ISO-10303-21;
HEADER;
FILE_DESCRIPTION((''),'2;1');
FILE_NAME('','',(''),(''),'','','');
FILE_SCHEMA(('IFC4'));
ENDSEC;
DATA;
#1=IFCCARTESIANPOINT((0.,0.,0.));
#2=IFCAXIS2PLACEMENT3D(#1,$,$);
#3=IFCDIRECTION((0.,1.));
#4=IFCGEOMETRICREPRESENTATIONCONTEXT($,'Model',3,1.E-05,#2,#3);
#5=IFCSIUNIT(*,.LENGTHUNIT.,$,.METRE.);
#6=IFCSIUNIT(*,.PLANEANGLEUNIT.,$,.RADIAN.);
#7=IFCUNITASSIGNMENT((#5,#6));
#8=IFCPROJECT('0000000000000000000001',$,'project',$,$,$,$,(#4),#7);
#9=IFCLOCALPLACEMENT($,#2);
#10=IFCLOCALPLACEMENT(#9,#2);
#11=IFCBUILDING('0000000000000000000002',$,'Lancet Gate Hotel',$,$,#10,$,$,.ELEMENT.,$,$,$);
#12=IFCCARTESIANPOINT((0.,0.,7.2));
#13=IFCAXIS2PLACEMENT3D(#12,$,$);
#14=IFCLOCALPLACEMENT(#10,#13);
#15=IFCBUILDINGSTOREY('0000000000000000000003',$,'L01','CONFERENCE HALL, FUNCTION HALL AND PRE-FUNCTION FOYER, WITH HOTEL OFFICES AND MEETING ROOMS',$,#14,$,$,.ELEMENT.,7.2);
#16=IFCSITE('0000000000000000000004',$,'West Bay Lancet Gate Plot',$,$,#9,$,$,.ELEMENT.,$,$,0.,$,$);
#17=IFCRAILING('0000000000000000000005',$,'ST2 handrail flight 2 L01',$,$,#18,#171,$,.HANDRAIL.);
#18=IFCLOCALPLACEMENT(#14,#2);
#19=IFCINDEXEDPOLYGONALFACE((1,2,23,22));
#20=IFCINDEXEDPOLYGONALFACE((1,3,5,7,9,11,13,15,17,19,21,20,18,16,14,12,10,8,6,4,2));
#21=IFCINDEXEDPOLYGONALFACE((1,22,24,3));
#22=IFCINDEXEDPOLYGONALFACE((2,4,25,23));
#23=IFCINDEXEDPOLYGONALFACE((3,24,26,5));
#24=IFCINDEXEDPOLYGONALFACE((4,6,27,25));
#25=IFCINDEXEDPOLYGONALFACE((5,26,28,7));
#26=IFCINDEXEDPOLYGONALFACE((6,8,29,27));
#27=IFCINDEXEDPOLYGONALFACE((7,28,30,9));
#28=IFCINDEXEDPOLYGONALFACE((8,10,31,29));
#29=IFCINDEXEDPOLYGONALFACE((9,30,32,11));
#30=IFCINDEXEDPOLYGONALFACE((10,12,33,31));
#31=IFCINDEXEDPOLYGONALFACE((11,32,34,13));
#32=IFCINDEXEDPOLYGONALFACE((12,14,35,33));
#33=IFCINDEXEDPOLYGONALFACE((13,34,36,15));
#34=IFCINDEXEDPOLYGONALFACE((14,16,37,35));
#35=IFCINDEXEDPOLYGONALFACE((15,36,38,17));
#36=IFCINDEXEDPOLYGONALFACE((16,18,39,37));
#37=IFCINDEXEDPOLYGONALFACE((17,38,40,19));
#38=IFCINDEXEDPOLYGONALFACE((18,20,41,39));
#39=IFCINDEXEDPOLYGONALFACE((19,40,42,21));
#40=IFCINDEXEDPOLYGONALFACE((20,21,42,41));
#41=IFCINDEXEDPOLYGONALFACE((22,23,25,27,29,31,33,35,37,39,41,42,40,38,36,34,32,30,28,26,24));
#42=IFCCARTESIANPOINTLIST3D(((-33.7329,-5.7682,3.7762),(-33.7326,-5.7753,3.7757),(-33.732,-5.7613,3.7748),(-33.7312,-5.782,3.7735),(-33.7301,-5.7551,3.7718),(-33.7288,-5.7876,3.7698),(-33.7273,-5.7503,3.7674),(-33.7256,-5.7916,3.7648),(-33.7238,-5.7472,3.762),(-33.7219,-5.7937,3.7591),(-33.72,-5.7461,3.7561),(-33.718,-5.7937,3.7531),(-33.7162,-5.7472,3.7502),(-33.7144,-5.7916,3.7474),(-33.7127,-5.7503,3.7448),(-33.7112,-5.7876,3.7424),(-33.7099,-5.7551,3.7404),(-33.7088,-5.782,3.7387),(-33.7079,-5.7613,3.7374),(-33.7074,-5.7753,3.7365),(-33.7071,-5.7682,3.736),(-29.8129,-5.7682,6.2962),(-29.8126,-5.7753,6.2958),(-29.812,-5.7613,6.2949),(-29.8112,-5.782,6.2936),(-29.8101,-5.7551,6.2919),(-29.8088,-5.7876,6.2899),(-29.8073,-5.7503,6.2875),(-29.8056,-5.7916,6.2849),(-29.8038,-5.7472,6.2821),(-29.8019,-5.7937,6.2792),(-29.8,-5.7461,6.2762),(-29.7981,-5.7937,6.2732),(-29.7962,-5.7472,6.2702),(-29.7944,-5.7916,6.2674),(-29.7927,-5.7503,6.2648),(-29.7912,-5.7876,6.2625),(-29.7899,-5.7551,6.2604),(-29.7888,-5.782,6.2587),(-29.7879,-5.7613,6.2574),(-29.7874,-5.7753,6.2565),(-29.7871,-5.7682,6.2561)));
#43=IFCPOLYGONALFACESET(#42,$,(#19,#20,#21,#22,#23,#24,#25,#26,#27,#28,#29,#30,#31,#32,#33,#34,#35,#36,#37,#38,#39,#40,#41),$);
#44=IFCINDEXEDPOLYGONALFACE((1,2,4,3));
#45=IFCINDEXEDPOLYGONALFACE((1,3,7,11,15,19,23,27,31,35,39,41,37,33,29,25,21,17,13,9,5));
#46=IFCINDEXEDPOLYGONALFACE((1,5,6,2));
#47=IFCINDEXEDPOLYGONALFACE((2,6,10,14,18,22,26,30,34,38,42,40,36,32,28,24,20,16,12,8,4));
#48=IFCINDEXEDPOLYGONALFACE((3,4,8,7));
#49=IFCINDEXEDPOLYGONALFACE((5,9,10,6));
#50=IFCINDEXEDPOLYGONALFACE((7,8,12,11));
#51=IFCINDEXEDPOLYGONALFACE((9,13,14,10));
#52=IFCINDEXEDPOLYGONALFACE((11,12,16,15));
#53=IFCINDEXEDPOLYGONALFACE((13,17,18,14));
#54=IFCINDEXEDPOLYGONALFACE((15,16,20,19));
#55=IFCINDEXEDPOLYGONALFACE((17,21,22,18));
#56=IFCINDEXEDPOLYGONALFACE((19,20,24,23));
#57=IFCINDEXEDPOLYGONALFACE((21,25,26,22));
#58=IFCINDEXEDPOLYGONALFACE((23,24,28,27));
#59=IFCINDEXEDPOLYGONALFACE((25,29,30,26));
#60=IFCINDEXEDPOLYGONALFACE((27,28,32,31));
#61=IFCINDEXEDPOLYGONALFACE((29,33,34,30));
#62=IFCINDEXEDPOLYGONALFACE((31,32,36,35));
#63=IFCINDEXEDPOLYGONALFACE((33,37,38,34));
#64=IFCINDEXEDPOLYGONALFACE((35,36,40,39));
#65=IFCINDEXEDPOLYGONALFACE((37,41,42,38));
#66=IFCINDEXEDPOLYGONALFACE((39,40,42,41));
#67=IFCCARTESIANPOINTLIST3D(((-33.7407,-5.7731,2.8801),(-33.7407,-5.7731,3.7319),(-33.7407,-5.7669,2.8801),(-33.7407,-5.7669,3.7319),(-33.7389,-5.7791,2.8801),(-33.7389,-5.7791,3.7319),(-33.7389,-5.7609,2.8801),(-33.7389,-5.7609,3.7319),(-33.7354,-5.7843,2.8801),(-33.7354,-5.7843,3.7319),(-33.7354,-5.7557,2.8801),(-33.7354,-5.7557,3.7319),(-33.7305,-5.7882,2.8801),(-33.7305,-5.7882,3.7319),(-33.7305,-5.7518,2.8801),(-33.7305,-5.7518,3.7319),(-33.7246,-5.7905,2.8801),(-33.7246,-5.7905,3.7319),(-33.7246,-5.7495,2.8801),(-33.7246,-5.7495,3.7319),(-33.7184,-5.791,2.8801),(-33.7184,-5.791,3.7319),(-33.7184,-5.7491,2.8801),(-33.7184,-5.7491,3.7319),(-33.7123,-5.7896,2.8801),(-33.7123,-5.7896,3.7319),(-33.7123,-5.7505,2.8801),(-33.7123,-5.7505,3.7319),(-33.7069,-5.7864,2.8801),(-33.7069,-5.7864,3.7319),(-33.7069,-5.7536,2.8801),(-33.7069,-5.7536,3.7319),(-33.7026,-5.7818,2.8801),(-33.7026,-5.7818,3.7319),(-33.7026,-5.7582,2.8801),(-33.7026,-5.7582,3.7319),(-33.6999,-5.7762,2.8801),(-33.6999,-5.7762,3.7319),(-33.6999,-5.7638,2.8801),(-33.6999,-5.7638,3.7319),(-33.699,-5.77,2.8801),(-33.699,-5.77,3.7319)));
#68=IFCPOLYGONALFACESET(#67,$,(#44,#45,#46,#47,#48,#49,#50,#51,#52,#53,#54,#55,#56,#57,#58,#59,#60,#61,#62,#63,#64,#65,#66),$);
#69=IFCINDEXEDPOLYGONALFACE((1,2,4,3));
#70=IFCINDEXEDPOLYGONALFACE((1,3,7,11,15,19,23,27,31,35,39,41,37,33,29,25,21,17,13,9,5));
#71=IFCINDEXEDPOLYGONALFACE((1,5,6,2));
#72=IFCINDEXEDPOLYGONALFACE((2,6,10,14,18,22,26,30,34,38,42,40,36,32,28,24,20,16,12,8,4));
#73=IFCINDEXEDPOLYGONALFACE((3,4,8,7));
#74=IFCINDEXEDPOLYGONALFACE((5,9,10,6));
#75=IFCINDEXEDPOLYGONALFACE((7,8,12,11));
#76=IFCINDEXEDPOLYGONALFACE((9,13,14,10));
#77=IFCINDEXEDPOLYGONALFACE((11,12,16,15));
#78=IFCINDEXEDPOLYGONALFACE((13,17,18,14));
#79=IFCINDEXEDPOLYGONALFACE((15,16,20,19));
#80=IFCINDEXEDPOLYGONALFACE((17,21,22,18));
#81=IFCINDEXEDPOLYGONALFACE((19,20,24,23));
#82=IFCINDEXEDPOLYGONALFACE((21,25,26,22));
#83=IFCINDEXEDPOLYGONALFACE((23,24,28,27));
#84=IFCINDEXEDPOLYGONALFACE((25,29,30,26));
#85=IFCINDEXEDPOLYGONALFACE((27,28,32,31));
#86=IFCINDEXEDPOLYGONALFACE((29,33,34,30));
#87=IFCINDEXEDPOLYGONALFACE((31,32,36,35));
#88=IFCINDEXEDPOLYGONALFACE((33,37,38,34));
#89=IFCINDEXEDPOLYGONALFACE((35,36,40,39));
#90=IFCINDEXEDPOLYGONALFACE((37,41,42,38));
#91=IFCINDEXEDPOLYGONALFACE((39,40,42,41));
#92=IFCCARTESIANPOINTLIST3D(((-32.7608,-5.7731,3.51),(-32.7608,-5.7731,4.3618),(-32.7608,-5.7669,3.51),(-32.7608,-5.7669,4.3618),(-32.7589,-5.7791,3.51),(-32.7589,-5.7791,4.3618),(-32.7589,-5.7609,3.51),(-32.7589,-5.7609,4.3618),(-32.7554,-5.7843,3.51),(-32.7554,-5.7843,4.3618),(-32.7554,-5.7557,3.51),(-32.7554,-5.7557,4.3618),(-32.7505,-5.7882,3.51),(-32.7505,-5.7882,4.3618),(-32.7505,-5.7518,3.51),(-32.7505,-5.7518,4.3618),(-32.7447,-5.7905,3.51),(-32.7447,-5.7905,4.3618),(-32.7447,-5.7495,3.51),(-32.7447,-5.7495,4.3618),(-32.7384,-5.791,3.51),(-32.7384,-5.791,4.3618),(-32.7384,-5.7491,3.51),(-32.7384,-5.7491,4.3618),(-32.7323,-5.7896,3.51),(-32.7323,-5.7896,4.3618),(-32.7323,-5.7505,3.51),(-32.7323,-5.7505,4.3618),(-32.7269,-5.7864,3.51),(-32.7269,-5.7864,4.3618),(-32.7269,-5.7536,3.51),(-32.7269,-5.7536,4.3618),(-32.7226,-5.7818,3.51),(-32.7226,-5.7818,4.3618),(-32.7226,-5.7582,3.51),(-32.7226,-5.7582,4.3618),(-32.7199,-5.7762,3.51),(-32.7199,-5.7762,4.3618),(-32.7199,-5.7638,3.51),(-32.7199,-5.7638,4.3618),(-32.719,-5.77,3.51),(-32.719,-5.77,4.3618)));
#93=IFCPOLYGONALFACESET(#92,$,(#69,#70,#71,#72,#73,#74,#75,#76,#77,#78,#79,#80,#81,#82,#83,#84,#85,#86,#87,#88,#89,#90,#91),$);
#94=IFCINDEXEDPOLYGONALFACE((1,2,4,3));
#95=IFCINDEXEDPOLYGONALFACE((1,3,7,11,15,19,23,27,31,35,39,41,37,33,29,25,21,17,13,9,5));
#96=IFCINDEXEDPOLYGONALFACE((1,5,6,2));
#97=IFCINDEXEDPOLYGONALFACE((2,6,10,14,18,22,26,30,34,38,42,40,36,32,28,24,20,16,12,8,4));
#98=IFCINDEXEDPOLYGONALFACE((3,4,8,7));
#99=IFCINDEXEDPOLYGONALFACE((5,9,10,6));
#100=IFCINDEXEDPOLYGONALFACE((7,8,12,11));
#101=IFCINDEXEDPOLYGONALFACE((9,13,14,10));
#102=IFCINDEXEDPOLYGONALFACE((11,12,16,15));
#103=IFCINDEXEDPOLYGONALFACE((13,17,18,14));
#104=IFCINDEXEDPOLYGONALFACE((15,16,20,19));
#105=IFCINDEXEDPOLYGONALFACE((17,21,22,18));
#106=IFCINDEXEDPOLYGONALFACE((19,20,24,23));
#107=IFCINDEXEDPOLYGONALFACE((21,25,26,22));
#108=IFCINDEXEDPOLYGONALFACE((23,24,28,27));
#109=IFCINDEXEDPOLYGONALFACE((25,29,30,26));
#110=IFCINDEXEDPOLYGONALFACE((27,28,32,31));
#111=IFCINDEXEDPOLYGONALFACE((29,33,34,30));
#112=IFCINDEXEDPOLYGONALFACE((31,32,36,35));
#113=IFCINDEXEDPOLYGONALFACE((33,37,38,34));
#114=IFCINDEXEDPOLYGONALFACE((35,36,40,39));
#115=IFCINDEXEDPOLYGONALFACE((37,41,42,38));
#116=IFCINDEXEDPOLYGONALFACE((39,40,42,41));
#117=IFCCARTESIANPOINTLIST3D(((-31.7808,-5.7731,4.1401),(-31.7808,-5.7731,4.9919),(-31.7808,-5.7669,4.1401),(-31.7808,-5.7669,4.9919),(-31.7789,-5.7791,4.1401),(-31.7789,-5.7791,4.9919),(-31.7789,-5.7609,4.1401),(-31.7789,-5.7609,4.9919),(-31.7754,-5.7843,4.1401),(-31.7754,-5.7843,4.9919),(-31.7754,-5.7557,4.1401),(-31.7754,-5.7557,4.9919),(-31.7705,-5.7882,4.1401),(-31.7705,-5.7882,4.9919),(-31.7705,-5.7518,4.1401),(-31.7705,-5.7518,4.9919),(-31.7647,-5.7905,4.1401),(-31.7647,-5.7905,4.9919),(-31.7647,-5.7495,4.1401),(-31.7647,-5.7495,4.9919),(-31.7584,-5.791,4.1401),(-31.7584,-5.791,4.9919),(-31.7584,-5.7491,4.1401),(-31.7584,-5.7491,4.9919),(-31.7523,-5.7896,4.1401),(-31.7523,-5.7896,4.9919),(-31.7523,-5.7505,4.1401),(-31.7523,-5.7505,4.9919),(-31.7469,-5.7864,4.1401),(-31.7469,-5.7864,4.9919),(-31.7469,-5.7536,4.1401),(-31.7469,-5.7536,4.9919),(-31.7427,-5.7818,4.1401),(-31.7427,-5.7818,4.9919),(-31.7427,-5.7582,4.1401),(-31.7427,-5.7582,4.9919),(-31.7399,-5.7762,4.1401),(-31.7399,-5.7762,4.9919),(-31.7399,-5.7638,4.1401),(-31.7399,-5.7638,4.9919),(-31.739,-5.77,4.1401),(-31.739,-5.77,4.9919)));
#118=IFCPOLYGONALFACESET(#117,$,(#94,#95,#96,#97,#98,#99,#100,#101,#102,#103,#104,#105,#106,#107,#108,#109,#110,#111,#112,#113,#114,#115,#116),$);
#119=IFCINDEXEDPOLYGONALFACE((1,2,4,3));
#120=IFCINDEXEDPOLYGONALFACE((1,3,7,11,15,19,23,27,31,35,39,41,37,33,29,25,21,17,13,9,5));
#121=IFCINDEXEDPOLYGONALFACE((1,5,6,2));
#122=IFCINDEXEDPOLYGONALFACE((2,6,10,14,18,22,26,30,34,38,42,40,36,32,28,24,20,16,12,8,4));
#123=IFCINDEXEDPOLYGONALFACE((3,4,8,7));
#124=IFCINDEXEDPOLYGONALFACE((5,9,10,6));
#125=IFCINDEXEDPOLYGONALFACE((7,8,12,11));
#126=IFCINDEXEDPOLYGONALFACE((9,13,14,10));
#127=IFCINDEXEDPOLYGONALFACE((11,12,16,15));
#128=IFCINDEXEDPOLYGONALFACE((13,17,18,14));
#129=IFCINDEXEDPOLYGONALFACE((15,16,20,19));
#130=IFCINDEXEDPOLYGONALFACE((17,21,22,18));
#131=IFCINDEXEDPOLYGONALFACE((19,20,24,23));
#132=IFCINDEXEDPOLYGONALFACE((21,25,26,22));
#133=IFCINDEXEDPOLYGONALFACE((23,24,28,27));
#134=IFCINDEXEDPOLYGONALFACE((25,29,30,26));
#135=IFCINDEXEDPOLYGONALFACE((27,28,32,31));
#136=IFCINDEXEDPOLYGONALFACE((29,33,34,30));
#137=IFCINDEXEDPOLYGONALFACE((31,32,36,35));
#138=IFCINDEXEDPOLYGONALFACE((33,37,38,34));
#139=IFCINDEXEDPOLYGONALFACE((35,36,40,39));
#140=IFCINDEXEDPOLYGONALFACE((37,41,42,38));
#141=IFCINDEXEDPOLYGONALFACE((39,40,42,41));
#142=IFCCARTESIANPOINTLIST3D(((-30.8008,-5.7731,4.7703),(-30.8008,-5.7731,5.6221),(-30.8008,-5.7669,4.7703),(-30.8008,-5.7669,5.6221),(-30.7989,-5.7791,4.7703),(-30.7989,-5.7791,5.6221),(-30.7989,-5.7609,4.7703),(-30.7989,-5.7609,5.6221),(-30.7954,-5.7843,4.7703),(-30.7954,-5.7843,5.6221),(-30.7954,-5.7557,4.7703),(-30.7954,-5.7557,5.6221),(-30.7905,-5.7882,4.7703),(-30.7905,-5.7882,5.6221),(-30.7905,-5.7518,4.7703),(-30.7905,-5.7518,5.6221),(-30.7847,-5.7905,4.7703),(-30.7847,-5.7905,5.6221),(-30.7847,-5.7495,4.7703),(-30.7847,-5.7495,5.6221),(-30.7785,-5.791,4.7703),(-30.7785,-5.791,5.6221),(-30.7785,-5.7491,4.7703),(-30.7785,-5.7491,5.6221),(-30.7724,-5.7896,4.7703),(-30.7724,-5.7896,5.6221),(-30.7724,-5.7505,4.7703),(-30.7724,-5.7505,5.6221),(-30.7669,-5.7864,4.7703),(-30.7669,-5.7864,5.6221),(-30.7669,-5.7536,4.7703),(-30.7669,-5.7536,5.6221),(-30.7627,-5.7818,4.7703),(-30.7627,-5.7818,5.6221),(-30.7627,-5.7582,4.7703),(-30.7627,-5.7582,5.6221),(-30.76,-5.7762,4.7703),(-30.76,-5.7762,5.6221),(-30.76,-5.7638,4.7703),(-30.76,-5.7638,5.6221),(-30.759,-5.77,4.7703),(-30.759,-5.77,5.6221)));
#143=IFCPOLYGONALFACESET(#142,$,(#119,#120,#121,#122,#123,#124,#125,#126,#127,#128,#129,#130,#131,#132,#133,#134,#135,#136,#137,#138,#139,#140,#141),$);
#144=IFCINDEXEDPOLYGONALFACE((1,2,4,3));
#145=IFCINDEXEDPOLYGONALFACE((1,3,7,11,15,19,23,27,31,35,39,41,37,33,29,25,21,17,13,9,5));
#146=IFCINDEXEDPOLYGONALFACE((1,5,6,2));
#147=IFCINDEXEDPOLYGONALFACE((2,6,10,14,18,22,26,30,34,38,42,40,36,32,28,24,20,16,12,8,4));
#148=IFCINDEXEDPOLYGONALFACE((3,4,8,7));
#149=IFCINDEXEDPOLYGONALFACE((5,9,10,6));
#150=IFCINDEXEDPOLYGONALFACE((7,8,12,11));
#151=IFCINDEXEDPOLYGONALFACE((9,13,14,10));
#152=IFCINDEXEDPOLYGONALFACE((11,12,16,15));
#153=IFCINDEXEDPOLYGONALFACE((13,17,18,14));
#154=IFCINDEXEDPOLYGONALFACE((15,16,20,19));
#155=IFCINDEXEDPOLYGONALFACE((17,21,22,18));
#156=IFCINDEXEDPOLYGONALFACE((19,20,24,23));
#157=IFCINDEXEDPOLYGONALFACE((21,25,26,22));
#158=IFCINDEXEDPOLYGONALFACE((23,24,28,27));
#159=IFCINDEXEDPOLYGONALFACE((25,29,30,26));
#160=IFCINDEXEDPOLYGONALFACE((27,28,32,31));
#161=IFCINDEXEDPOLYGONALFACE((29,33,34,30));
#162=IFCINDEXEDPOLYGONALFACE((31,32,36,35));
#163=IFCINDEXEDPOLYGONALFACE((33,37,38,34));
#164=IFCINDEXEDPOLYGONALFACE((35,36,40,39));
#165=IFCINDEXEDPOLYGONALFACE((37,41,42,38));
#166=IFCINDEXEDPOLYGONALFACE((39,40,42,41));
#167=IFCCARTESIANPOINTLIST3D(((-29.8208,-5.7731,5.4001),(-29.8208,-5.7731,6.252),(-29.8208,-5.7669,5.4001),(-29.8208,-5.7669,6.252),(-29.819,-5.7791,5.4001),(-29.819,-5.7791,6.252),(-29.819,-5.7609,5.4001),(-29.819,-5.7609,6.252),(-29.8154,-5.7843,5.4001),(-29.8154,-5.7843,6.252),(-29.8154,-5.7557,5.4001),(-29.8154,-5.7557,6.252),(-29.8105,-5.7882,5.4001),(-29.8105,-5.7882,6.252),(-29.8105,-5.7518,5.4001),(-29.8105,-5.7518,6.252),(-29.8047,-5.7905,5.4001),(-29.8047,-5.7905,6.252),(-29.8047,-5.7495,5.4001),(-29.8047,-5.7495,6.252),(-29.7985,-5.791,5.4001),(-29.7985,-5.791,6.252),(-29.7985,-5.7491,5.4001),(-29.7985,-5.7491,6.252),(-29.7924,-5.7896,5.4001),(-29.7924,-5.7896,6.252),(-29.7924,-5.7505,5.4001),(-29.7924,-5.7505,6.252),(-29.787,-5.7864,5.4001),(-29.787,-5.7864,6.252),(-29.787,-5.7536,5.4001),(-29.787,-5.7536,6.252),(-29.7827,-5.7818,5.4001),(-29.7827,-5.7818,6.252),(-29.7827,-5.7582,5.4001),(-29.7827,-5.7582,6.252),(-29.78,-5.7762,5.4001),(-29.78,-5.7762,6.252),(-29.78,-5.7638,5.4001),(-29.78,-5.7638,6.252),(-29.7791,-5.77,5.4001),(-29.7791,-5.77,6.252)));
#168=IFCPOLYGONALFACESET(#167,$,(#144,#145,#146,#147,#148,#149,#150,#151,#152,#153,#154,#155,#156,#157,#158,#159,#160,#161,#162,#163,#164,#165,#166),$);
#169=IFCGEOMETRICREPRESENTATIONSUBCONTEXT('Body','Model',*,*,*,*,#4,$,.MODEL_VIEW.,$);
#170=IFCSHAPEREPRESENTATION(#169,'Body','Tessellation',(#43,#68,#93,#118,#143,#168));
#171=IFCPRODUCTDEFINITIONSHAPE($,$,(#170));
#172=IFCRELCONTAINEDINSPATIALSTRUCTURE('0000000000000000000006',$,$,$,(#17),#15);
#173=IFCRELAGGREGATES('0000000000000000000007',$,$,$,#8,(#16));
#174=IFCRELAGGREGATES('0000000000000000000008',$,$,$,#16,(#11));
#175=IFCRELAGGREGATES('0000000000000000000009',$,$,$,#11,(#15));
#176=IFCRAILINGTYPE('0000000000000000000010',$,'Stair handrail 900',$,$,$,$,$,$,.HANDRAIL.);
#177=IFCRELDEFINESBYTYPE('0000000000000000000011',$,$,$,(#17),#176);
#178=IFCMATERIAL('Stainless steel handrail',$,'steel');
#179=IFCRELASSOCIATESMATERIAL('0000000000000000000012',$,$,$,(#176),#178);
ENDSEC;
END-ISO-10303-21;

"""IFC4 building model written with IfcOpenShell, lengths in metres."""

from ifc_helpers import new_model, si_unit, direction, frame, origin, origin_2d, place, context, subcontext, project, spatial, circle, extrude, material, type_object, element, save


model = new_model("IFC4")

# Units and contexts
model_context = context("Model", 3, precision=1e-05, world=origin(), true_north=direction((0.0, 1.0)))
body_context = subcontext(model_context, "Body", "Model", "MODEL_VIEW")
ifc_project = project(units=[si_unit("LENGTHUNIT", "METRE"), si_unit("PLANEANGLEUNIT", "RADIAN")], contexts=[model_context])

# Site, building, storey
site_placement = place(None, origin())
site = spatial("IfcSite", under=ifc_project, at=site_placement, Name="West Bay Lancet Gate Plot", CompositionType="ELEMENT", RefElevation=0.0)
building_placement = place(site_placement, origin())
building = spatial("IfcBuilding", under=site, at=building_placement, Name="Lancet Gate Hotel", CompositionType="ELEMENT")
storey_placement = place(building_placement, frame((0.0, 0.0, 7.2)))
storey = spatial("IfcBuildingStorey", under=building, at=storey_placement, Name="L01", Description="CONFERENCE HALL, FUNCTION HALL AND PRE-FUNCTION FOYER, WITH HOTEL OFFICES AND MEETING ROOMS", CompositionType="ELEMENT", Elevation=7.2)

# Railing
ifc_material_1 = material(Name="Stainless steel handrail", Category="steel")
railing_type = type_object("IfcRailingType", Name="Stair handrail 900", PredefinedType="HANDRAIL", material=ifc_material_1)
railing_placement = place(storey_placement, frame((-33.72, -5.77, 2.8801)))
element("IfcRailing", 1, at=railing_placement, inside=storey, type_object=railing_type, Name="ST2 handrail flight 2 L01", PredefinedType="HANDRAIL", context=body_context, shape_type="SweptSolid", body=[
    extrude(circle(Radius=0.0239, at=origin_2d()), frame((0.0, 0.0, 0.876), z_axis=(0.841172, 0.0, 0.540768), x_axis=(0.0, 1.0, 0.0)), (0.0, 0.0, 1.0), 4.6602),
    extrude(circle(Radius=0.021, at=origin_2d()), origin(), (0.0, 0.0, 1.0), 0.8518),
    extrude(circle(Radius=0.021, at=origin_2d()), frame((0.98, 0.0, 0.6299)), (0.0, 0.0, 1.0), 0.8518),
    extrude(circle(Radius=0.021, at=origin_2d()), frame((1.96, 0.0, 1.26)), (0.0, 0.0, 1.0), 0.8518),
    extrude(circle(Radius=0.021, at=origin_2d()), frame((2.9399, 0.0, 1.8901)), (0.0, 0.0, 1.0), 0.8518),
    extrude(circle(Radius=0.021, at=origin_2d()), frame((3.9199, 0.0, 2.52)), (0.0, 0.0, 1.0), 0.8518),
])

save(model, "model.ifc")
